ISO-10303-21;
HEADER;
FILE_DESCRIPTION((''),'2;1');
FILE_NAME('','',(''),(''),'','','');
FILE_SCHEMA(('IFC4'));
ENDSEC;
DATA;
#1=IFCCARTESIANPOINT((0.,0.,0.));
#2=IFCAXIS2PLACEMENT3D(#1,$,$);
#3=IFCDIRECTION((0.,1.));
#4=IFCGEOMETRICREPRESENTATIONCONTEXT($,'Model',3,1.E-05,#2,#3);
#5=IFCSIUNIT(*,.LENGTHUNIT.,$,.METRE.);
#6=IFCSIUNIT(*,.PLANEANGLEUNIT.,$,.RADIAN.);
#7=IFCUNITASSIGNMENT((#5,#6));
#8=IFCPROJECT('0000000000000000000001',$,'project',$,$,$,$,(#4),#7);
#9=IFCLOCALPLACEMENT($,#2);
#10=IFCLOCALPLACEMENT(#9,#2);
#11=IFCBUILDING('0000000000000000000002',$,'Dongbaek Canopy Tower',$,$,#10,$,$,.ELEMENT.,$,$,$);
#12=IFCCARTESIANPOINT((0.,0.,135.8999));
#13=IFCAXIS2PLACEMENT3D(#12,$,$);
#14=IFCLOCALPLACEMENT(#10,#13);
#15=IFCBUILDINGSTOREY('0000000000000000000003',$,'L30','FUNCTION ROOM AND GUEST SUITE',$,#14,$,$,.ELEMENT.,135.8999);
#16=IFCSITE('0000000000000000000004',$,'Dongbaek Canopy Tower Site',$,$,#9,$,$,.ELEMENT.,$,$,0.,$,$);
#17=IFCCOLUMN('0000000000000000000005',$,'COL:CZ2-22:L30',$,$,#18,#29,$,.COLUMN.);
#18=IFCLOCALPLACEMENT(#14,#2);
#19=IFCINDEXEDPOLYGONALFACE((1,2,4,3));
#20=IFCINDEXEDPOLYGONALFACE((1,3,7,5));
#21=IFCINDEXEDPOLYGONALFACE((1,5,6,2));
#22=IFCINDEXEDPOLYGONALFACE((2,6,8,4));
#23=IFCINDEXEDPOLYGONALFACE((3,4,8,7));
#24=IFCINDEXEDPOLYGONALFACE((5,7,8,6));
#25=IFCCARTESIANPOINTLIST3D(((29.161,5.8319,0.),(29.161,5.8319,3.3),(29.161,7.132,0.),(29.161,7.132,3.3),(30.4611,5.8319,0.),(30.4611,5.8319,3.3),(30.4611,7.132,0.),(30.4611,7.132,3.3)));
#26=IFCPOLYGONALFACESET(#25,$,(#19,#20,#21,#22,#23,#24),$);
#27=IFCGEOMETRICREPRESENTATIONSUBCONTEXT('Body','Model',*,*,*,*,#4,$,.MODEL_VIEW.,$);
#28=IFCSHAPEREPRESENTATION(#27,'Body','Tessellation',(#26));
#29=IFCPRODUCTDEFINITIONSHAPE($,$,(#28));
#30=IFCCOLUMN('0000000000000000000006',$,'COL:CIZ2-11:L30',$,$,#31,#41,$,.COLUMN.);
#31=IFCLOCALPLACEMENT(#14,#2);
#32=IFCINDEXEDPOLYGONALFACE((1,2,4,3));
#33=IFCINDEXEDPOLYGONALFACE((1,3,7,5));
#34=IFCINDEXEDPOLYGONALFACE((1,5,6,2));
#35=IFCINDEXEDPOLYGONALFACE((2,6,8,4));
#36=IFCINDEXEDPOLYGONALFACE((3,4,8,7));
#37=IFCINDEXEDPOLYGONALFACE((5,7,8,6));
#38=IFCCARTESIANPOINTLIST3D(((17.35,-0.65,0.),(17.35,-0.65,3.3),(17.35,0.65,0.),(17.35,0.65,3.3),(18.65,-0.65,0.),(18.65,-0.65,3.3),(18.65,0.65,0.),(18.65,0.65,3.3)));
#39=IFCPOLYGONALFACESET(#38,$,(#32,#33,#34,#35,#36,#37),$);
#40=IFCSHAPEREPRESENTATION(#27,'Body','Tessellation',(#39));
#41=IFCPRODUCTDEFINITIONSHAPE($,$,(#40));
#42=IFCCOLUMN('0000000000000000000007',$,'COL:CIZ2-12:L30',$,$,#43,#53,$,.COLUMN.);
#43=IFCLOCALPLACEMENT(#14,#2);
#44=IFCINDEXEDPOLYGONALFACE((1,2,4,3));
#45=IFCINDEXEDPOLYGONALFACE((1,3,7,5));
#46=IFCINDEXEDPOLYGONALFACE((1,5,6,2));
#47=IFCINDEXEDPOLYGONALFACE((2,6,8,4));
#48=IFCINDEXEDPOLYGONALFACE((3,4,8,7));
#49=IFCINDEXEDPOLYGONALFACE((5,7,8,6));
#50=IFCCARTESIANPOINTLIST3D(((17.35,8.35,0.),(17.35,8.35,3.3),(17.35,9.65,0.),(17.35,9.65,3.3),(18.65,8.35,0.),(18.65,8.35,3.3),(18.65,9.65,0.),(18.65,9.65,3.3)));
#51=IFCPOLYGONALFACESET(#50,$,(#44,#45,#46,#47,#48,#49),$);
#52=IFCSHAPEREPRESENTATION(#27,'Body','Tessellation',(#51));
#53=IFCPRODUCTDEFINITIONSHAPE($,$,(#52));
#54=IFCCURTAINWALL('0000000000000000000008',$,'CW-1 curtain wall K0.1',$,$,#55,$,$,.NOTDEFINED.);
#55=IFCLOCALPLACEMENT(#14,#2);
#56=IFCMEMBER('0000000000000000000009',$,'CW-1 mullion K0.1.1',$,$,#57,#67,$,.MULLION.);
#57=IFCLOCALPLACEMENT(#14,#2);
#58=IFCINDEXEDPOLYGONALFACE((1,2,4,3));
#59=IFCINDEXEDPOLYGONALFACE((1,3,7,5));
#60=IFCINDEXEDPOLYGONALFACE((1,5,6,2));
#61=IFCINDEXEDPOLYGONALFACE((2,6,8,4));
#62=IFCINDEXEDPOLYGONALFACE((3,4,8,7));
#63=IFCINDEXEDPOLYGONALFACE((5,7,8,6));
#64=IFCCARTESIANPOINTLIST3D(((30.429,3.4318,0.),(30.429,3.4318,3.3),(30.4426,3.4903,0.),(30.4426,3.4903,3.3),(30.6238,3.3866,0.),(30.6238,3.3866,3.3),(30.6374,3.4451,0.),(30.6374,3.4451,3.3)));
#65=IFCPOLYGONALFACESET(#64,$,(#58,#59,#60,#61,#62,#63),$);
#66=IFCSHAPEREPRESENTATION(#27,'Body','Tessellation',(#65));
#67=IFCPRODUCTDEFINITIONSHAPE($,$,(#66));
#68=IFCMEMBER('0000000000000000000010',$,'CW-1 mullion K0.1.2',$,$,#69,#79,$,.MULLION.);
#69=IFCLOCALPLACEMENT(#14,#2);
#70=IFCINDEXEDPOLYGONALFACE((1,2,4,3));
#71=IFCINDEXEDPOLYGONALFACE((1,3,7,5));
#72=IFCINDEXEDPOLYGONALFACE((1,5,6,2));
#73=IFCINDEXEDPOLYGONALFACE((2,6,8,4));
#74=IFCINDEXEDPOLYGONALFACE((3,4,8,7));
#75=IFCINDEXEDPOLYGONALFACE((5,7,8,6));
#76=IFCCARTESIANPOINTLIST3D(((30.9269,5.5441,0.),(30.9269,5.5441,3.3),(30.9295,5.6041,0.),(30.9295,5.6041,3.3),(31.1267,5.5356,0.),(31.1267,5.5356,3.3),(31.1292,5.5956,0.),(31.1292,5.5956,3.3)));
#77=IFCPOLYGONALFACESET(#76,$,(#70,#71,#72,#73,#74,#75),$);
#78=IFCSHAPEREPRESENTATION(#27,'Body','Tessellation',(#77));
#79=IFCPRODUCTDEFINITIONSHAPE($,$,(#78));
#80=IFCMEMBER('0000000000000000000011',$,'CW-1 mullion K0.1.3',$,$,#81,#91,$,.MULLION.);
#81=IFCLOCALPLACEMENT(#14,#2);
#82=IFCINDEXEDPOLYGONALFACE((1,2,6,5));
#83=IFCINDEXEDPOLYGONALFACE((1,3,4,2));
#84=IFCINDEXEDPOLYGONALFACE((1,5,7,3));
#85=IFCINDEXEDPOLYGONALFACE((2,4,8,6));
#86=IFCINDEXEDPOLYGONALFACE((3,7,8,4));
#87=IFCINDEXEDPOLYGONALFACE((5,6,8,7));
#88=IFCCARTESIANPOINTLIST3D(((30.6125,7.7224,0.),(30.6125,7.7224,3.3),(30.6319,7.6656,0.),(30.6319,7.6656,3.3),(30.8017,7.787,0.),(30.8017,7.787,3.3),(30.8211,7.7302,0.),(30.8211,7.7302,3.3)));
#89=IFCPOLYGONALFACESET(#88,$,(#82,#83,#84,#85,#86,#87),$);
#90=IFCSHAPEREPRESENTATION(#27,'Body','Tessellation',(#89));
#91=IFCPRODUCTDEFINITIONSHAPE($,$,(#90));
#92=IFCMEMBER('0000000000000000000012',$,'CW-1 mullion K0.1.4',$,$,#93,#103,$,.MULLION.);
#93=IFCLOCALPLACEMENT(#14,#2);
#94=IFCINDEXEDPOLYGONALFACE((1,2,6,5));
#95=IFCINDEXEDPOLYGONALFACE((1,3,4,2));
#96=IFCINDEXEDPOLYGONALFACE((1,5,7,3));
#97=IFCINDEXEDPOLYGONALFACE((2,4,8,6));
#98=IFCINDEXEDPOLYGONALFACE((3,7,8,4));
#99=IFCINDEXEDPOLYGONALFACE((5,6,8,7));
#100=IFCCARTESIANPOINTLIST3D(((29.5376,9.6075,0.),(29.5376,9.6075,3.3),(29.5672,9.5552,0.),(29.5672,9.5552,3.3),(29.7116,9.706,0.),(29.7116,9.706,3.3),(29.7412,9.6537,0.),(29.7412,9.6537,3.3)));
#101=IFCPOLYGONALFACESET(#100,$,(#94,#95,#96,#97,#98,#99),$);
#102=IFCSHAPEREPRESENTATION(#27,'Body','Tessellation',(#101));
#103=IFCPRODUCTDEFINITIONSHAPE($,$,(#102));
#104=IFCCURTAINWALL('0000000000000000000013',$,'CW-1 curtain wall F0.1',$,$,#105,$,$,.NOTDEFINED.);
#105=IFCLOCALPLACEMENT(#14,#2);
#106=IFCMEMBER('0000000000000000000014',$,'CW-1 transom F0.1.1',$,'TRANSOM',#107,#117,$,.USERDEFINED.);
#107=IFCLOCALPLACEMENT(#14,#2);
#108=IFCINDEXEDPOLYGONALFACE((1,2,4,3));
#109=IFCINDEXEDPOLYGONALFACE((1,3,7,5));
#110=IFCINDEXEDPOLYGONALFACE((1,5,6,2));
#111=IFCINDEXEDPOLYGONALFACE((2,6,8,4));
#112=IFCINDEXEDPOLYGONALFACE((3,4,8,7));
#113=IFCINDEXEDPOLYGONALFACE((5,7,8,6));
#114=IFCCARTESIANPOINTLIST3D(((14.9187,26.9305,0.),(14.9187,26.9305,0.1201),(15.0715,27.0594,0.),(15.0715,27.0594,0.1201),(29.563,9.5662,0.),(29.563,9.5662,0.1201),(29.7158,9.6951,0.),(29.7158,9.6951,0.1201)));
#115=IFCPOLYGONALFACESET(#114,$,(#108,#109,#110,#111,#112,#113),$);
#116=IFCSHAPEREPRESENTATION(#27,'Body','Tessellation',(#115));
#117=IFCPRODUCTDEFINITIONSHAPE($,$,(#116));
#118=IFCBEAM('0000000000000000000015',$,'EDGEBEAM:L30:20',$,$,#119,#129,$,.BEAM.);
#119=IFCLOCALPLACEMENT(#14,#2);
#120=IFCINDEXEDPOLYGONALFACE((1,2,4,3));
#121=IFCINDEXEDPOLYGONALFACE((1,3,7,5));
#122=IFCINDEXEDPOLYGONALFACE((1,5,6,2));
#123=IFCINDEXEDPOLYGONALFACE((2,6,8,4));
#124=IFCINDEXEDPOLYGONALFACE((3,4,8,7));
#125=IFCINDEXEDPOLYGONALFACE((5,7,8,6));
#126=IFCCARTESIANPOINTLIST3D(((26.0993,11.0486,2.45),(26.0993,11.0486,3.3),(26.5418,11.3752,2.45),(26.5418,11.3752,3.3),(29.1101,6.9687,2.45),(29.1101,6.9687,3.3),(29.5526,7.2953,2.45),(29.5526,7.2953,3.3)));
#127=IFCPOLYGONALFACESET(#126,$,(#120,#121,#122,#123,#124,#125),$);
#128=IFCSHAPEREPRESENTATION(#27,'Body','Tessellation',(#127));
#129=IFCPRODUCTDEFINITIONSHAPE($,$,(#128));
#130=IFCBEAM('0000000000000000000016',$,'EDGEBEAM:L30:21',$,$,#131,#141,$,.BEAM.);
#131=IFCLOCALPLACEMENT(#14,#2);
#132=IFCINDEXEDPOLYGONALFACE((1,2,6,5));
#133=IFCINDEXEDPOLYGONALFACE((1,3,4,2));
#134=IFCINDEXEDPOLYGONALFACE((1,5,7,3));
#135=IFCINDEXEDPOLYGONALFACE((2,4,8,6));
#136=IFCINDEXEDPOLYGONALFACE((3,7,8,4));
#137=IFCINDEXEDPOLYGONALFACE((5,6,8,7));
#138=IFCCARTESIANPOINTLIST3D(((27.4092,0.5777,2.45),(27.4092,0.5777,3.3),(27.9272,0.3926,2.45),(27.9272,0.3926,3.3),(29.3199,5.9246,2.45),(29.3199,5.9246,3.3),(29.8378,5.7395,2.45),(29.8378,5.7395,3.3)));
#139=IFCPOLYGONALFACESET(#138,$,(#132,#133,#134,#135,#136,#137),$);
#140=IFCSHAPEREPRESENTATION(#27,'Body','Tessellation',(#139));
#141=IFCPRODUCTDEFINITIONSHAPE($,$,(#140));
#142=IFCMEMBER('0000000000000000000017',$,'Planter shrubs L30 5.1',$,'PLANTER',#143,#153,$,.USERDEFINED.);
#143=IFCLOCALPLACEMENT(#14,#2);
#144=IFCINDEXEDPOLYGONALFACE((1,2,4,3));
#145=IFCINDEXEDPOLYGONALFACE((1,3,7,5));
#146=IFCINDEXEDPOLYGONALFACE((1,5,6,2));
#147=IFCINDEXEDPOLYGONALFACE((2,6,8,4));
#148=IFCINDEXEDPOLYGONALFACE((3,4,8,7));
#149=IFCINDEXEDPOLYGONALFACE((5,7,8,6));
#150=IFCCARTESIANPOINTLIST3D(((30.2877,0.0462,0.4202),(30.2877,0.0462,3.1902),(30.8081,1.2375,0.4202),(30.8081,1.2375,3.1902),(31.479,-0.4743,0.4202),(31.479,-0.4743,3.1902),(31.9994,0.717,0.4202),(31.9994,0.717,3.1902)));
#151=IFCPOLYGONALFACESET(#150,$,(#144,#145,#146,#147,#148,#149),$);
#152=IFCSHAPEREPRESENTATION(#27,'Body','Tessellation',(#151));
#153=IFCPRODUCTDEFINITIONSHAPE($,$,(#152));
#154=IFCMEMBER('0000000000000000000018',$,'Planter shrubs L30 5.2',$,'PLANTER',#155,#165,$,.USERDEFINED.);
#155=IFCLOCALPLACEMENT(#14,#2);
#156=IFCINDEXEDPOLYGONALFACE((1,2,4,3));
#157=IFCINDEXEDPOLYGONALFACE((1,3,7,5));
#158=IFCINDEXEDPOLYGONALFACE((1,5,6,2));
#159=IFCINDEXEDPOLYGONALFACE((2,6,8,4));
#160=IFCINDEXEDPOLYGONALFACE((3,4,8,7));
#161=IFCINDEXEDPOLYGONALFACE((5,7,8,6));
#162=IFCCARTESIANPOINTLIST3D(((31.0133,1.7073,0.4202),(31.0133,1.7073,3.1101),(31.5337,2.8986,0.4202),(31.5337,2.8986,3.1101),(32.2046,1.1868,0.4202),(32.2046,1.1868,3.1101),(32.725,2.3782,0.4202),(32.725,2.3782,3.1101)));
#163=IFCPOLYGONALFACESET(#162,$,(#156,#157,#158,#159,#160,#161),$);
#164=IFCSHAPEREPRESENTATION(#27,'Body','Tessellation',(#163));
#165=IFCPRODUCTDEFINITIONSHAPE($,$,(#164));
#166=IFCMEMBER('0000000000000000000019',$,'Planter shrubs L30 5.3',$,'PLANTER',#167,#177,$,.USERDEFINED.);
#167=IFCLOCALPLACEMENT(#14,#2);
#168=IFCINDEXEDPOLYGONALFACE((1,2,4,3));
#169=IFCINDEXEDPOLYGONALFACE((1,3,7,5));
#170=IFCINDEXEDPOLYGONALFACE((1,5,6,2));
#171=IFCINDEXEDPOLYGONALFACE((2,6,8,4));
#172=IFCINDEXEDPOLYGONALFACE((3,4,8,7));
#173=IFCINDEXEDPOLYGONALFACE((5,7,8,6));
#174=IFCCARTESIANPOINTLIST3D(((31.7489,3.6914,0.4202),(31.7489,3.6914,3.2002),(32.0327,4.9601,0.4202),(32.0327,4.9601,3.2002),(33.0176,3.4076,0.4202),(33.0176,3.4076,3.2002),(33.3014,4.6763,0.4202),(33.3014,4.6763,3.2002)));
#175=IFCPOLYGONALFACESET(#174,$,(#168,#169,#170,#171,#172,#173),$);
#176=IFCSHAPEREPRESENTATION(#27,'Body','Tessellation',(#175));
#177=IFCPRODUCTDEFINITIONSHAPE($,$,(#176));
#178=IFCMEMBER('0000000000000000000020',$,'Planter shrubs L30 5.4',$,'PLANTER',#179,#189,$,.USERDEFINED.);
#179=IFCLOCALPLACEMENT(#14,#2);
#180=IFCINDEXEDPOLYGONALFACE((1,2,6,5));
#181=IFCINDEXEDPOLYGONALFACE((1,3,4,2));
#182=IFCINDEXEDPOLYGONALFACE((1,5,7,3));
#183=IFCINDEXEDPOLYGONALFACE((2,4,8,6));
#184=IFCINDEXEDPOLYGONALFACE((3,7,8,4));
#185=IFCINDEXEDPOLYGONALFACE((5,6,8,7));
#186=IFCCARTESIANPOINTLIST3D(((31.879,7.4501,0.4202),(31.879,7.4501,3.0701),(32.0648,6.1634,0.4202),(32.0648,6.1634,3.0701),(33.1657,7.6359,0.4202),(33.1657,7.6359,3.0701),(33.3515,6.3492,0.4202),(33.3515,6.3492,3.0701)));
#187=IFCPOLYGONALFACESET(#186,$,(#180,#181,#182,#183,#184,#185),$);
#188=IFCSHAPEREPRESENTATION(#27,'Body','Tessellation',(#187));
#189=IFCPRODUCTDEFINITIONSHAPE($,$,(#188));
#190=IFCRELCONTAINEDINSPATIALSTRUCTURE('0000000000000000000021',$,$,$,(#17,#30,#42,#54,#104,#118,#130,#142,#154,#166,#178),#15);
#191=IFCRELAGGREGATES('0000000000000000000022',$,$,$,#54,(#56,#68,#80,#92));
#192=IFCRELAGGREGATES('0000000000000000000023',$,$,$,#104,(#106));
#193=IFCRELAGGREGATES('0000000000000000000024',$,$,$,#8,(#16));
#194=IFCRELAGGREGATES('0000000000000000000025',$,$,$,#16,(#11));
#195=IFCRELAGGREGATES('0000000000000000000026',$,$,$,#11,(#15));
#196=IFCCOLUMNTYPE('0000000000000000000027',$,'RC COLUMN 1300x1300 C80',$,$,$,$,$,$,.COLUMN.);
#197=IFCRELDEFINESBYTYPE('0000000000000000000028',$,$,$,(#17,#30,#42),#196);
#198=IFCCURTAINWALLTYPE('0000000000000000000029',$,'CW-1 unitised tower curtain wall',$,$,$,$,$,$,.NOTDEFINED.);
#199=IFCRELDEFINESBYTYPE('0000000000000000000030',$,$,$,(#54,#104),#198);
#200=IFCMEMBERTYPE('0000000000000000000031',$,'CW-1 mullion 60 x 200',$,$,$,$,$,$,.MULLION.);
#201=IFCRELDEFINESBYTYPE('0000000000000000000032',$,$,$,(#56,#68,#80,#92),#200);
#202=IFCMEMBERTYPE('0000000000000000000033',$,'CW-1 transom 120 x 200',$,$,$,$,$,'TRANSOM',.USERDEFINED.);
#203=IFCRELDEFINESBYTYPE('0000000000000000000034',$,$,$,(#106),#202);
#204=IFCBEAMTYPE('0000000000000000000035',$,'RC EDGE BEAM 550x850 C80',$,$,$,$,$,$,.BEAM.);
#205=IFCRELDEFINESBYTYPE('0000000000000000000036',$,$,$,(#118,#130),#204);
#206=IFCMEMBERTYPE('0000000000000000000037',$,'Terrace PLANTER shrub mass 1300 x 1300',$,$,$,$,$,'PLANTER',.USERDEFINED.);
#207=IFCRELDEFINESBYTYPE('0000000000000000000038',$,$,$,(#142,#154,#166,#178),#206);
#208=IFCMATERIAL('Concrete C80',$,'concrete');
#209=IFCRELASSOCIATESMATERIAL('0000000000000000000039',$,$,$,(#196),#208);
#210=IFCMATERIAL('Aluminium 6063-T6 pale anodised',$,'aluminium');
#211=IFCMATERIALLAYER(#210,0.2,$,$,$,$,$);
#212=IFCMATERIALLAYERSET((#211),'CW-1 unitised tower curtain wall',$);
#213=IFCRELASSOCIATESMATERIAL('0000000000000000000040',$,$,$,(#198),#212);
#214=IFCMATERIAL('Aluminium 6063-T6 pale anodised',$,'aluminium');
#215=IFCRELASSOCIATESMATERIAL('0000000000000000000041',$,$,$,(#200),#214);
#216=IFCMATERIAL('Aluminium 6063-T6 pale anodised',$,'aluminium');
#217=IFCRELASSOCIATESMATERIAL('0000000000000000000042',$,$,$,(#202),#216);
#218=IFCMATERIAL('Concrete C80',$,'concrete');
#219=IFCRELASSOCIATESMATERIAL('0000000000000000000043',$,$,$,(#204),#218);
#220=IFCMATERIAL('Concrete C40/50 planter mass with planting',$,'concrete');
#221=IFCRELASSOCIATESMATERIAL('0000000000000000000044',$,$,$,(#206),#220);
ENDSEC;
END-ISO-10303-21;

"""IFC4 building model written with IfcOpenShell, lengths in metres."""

from ifc_helpers import new_model, si_unit, direction, frame, origin, origin_2d, place, context, subcontext, project, spatial, rectangle, extrude, material, layer, layer_set, material_profile, profile_set, type_object, element, aggregate, save


model = new_model("IFC4")

# Units and contexts
model_context = context("Model", 3, precision=1e-05, world=origin(), true_north=direction((0.0, 1.0)))
body_context = subcontext(model_context, "Body", "Model", "MODEL_VIEW")
ifc_project = project(units=[si_unit("LENGTHUNIT", "METRE"), si_unit("PLANEANGLEUNIT", "RADIAN")], contexts=[model_context])

# Site, building, storey
site_placement = place(None, origin())
site = spatial("IfcSite", under=ifc_project, at=site_placement, Name="Dongbaek Canopy Tower Site", CompositionType="ELEMENT", RefElevation=0.0)
building_placement = place(site_placement, origin())
building = spatial("IfcBuilding", under=site, at=building_placement, Name="Dongbaek Canopy Tower", CompositionType="ELEMENT")
storey_placement = place(building_placement, frame((0.0, 0.0, 135.8999)))
storey = spatial("IfcBuildingStorey", under=building, at=storey_placement, Name="L30", Description="FUNCTION ROOM AND GUEST SUITE", CompositionType="ELEMENT", Elevation=135.8999)

# Columns
ifc_material_1 = material(Name="Concrete C80", Category="concrete")
ifc_material_profile_1 = material_profile(ifc_material_1, rectangle(XDim=1.3, YDim=1.3, at=origin_2d()), Name="RC COLUMN 1300x1300 C80")
ifc_profile_set_1 = profile_set([ifc_material_profile_1], Name="Concrete C80")
column_type = type_object("IfcColumnType", Name="RC COLUMN 1300x1300 C80", PredefinedType="COLUMN", material=ifc_profile_set_1)
for number, where, z_axis, x_axis, name in (
    (1, (29.811, 6.4819, 0.0), (0.0, 0.0, 1.0), (1.0, 0.0, 0.0), "COL:CZ2-22:L30"),
    (2, (18.0, 0.0, 0.0), (0.0, 0.0, 1.0), (1.0, 0.0, 0.0), "COL:CIZ2-11:L30"),
    (3, (18.0, 9.0, 0.0), (0.0, 0.0, 1.0), (1.0, 0.0, 0.0), "COL:CIZ2-12:L30"),
):
    element("IfcColumn", number, at=place(storey_placement, frame(where, z_axis=z_axis, x_axis=x_axis)), inside=storey, type_object=column_type, Name=name, PredefinedType="COLUMN", context=body_context, shape_type="SweptSolid", body=[
        extrude(rectangle(XDim=1.3, YDim=1.3, at=origin_2d()), origin(), (0.0, 0.0, 1.0), 3.3),
    ])

# Curtain wall, members
ifc_material_2 = material(Name="Aluminium 6063-T6 pale anodised", Category="aluminium")
ifc_layer_1 = layer(ifc_material_2, 0.2)
ifc_layer_set_1 = layer_set([ifc_layer_1], Name="CW-1 unitised tower curtain wall")
curtain_wall_type = type_object("IfcCurtainWallType", Name="CW-1 unitised tower curtain wall", PredefinedType="NOTDEFINED", material=ifc_layer_set_1)
curtain_wall_1_placement = place(storey_placement, origin())
curtain_wall_1 = element("IfcCurtainWall", 4, at=curtain_wall_1_placement, inside=storey, type_object=curtain_wall_type, Name="CW-1 curtain wall K0.1", PredefinedType="NOTDEFINED")
ifc_material_3 = material(Name="Aluminium 6063-T6 pale anodised", Category="aluminium")
ifc_material_profile_2 = material_profile(ifc_material_3, rectangle(XDim=0.2, YDim=0.0601, at=origin_2d()), Name="CW-1 mullion 60 x 200")
ifc_profile_set_2 = profile_set([ifc_material_profile_2], Name="Aluminium 6063-T6 pale anodised")
member_type_1 = type_object("IfcMemberType", Name="CW-1 mullion 60 x 200", PredefinedType="MULLION", material=ifc_profile_set_2)
member_1_placement = place(storey_placement, frame((30.5332, 3.4385, 0.0), z_axis=(0.0, 0.0, 1.0), x_axis=(0.974089, -0.226166, 0.0)))
member_1 = element("IfcMember", 5, at=member_1_placement, type_object=member_type_1, Name="CW-1 mullion K0.1.1", PredefinedType="MULLION", context=body_context, shape_type="SweptSolid", body=[
    extrude(rectangle(XDim=0.2, YDim=0.0601, at=origin_2d()), origin(), (0.0, 0.0, 1.0), 3.3),
])
member_2_placement = place(storey_placement, frame((31.0281, 5.5698, 0.0), z_axis=(0.0, 0.0, 1.0), x_axis=(0.999102, -0.042374, 0.0)))
member_2 = element("IfcMember", 6, at=member_2_placement, type_object=member_type_1, Name="CW-1 mullion K0.1.2", PredefinedType="MULLION", context=body_context, shape_type="SweptSolid", body=[
    extrude(rectangle(XDim=0.2, YDim=0.0601, at=origin_2d()), origin(), (0.0, 0.0, 1.0), 3.3),
])
member_3_placement = place(storey_placement, frame((30.7168, 7.7263, 0.0), z_axis=(0.0, 0.0, 1.0), x_axis=(0.946327, 0.32321, 0.0)))
member_3 = element("IfcMember", 7, at=member_3_placement, type_object=member_type_1, Name="CW-1 mullion K0.1.3", PredefinedType="MULLION", context=body_context, shape_type="SweptSolid", body=[
    extrude(rectangle(XDim=0.2, YDim=0.0601, at=origin_2d()), origin(), (0.0, 0.0, 1.0), 3.3),
])
member_4_placement = place(storey_placement, frame((29.6394, 9.6306, 0.0), z_axis=(0.0, 0.0, 1.0), x_axis=(0.870356, 0.492424, 0.0)))
member_4 = element("IfcMember", 8, at=member_4_placement, type_object=member_type_1, Name="CW-1 mullion K0.1.4", PredefinedType="MULLION", context=body_context, shape_type="SweptSolid", body=[
    extrude(rectangle(XDim=0.2, YDim=0.0601, at=origin_2d()), origin(), (0.0, 0.0, 1.0), 3.3),
])

# Curtain wall, member
curtain_wall_2_placement = place(storey_placement, origin())
curtain_wall_2 = element("IfcCurtainWall", 9, at=curtain_wall_2_placement, inside=storey, type_object=curtain_wall_type, Name="CW-1 curtain wall F0.1", PredefinedType="NOTDEFINED")
ifc_material_4 = material(Name="Aluminium 6063-T6 pale anodised", Category="aluminium")
ifc_material_profile_3 = material_profile(ifc_material_4, rectangle(XDim=0.2, YDim=0.1201, at=origin_2d()), Name="CW-1 transom 120 x 200")
ifc_profile_set_3 = profile_set([ifc_material_profile_3], Name="Aluminium 6063-T6 pale anodised")
member_type_2 = type_object("IfcMemberType", Name="CW-1 transom 120 x 200", ElementType="TRANSOM", PredefinedType="USERDEFINED", material=ifc_profile_set_3)
member_5_placement = place(storey_placement, frame((29.6394, 9.6306, 0.0601), z_axis=(-0.644696, 0.764439, 0.0), x_axis=(-0.764439, -0.644696, 0.0)))
member_5 = element("IfcMember", 10, at=member_5_placement, type_object=member_type_2, Name="CW-1 transom F0.1.1", ObjectType="TRANSOM", PredefinedType="USERDEFINED", context=body_context, shape_type="SweptSolid", body=[
    extrude(rectangle(XDim=0.2, YDim=0.1201, at=origin_2d()), origin(), (0.0, 0.0, 1.0), 22.7151),
])

# Beams
ifc_material_5 = material(Name="Concrete C80", Category="concrete")
ifc_material_profile_4 = material_profile(ifc_material_5, rectangle(XDim=0.55, YDim=0.8501, at=origin_2d()), Name="RC EDGE BEAM 550x850 C80")
ifc_profile_set_4 = profile_set([ifc_material_profile_4], Name="Concrete C80")
beam_type = type_object("IfcBeamType", Name="RC EDGE BEAM 550x850 C80", PredefinedType="BEAM", material=ifc_profile_set_4)
beam_1_placement = place(storey_placement, frame((26.3206, 11.2119, 2.875), z_axis=(0.59378, -0.804627, 0.0), x_axis=(0.804627, 0.59378, 0.0)))
element("IfcBeam", 11, at=beam_1_placement, inside=storey, type_object=beam_type, Name="EDGEBEAM:L30:20", PredefinedType="BEAM", context=body_context, shape_type="SweptSolid", body=[
    extrude(rectangle(XDim=0.55, YDim=0.8501, at=origin_2d()), origin(), (0.0, 0.0, 1.0), 5.0706),
])
beam_2_placement = place(storey_placement, frame((29.5789, 5.832, 2.875), z_axis=(-0.336497, -0.941685, 0.0), x_axis=(0.941685, -0.336497, 0.0)))
element("IfcBeam", 12, at=beam_2_placement, inside=storey, type_object=beam_type, Name="EDGEBEAM:L30:21", PredefinedType="BEAM", context=body_context, shape_type="SweptSolid", body=[
    extrude(rectangle(XDim=0.55, YDim=0.8501, at=origin_2d()), origin(), (0.0, 0.0, 1.0), 5.678),
])

# Members
ifc_material_6 = material(Name="Concrete C40/50 planter mass with planting", Category="concrete")
ifc_material_profile_5 = material_profile(ifc_material_6, rectangle(XDim=1.3, YDim=1.3, at=origin_2d()), Name="Terrace PLANTER shrub mass 1300 x 1300")
ifc_profile_set_5 = profile_set([ifc_material_profile_5], Name="Concrete C40/50 planter mass with planting")
member_type_3 = type_object("IfcMemberType", Name="Terrace PLANTER shrub mass 1300 x 1300", ElementType="PLANTER", PredefinedType="USERDEFINED", material=ifc_profile_set_5)
member_6_placement = place(storey_placement, frame((31.1436, 0.3816, 0.4202), z_axis=(0.0, 0.0, 1.0), x_axis=(0.916368, -0.400336, 0.0)))
element("IfcMember", 13, at=member_6_placement, inside=storey, type_object=member_type_3, Name="Planter shrubs L30 5.1", ObjectType="PLANTER", PredefinedType="USERDEFINED", context=body_context, shape_type="SweptSolid", body=[
    extrude(rectangle(XDim=1.3, YDim=1.3, at=origin_2d()), origin(), (0.0, 0.0, 1.0), 2.77),
])
member_7_placement = place(storey_placement, frame((31.8691, 2.0427, 0.4202), z_axis=(0.0, 0.0, 1.0), x_axis=(0.916368, -0.400336, 0.0)))
element("IfcMember", 14, at=member_7_placement, inside=storey, type_object=member_type_3, Name="Planter shrubs L30 5.2", ObjectType="PLANTER", PredefinedType="USERDEFINED", context=body_context, shape_type="SweptSolid", body=[
    extrude(rectangle(XDim=1.3, YDim=1.3, at=origin_2d()), origin(), (0.0, 0.0, 1.0), 2.6899),
])
member_8_placement = place(storey_placement, frame((32.5251, 4.1838, 0.4202), z_axis=(0.0, 0.0, 1.0), x_axis=(0.975892, -0.218254, 0.0)))
element("IfcMember", 15, at=member_8_placement, inside=storey, type_object=member_type_3, Name="Planter shrubs L30 5.3", ObjectType="PLANTER", PredefinedType="USERDEFINED", context=body_context, shape_type="SweptSolid", body=[
    extrude(rectangle(XDim=1.3, YDim=1.3, at=origin_2d()), origin(), (0.0, 0.0, 1.0), 2.78),
])
member_9_placement = place(storey_placement, frame((32.6152, 6.8997, 0.4202), z_axis=(0.0, 0.0, 1.0), x_axis=(0.989741, 0.142876, 0.0)))
element("IfcMember", 16, at=member_9_placement, inside=storey, type_object=member_type_3, Name="Planter shrubs L30 5.4", ObjectType="PLANTER", PredefinedType="USERDEFINED", context=body_context, shape_type="SweptSolid", body=[
    extrude(rectangle(XDim=1.3, YDim=1.3, at=origin_2d()), origin(), (0.0, 0.0, 1.0), 2.6499),
])

aggregate(curtain_wall_1, [member_1, member_2, member_3, member_4])

aggregate(curtain_wall_2, [member_5])

save(model, "model.ifc")
